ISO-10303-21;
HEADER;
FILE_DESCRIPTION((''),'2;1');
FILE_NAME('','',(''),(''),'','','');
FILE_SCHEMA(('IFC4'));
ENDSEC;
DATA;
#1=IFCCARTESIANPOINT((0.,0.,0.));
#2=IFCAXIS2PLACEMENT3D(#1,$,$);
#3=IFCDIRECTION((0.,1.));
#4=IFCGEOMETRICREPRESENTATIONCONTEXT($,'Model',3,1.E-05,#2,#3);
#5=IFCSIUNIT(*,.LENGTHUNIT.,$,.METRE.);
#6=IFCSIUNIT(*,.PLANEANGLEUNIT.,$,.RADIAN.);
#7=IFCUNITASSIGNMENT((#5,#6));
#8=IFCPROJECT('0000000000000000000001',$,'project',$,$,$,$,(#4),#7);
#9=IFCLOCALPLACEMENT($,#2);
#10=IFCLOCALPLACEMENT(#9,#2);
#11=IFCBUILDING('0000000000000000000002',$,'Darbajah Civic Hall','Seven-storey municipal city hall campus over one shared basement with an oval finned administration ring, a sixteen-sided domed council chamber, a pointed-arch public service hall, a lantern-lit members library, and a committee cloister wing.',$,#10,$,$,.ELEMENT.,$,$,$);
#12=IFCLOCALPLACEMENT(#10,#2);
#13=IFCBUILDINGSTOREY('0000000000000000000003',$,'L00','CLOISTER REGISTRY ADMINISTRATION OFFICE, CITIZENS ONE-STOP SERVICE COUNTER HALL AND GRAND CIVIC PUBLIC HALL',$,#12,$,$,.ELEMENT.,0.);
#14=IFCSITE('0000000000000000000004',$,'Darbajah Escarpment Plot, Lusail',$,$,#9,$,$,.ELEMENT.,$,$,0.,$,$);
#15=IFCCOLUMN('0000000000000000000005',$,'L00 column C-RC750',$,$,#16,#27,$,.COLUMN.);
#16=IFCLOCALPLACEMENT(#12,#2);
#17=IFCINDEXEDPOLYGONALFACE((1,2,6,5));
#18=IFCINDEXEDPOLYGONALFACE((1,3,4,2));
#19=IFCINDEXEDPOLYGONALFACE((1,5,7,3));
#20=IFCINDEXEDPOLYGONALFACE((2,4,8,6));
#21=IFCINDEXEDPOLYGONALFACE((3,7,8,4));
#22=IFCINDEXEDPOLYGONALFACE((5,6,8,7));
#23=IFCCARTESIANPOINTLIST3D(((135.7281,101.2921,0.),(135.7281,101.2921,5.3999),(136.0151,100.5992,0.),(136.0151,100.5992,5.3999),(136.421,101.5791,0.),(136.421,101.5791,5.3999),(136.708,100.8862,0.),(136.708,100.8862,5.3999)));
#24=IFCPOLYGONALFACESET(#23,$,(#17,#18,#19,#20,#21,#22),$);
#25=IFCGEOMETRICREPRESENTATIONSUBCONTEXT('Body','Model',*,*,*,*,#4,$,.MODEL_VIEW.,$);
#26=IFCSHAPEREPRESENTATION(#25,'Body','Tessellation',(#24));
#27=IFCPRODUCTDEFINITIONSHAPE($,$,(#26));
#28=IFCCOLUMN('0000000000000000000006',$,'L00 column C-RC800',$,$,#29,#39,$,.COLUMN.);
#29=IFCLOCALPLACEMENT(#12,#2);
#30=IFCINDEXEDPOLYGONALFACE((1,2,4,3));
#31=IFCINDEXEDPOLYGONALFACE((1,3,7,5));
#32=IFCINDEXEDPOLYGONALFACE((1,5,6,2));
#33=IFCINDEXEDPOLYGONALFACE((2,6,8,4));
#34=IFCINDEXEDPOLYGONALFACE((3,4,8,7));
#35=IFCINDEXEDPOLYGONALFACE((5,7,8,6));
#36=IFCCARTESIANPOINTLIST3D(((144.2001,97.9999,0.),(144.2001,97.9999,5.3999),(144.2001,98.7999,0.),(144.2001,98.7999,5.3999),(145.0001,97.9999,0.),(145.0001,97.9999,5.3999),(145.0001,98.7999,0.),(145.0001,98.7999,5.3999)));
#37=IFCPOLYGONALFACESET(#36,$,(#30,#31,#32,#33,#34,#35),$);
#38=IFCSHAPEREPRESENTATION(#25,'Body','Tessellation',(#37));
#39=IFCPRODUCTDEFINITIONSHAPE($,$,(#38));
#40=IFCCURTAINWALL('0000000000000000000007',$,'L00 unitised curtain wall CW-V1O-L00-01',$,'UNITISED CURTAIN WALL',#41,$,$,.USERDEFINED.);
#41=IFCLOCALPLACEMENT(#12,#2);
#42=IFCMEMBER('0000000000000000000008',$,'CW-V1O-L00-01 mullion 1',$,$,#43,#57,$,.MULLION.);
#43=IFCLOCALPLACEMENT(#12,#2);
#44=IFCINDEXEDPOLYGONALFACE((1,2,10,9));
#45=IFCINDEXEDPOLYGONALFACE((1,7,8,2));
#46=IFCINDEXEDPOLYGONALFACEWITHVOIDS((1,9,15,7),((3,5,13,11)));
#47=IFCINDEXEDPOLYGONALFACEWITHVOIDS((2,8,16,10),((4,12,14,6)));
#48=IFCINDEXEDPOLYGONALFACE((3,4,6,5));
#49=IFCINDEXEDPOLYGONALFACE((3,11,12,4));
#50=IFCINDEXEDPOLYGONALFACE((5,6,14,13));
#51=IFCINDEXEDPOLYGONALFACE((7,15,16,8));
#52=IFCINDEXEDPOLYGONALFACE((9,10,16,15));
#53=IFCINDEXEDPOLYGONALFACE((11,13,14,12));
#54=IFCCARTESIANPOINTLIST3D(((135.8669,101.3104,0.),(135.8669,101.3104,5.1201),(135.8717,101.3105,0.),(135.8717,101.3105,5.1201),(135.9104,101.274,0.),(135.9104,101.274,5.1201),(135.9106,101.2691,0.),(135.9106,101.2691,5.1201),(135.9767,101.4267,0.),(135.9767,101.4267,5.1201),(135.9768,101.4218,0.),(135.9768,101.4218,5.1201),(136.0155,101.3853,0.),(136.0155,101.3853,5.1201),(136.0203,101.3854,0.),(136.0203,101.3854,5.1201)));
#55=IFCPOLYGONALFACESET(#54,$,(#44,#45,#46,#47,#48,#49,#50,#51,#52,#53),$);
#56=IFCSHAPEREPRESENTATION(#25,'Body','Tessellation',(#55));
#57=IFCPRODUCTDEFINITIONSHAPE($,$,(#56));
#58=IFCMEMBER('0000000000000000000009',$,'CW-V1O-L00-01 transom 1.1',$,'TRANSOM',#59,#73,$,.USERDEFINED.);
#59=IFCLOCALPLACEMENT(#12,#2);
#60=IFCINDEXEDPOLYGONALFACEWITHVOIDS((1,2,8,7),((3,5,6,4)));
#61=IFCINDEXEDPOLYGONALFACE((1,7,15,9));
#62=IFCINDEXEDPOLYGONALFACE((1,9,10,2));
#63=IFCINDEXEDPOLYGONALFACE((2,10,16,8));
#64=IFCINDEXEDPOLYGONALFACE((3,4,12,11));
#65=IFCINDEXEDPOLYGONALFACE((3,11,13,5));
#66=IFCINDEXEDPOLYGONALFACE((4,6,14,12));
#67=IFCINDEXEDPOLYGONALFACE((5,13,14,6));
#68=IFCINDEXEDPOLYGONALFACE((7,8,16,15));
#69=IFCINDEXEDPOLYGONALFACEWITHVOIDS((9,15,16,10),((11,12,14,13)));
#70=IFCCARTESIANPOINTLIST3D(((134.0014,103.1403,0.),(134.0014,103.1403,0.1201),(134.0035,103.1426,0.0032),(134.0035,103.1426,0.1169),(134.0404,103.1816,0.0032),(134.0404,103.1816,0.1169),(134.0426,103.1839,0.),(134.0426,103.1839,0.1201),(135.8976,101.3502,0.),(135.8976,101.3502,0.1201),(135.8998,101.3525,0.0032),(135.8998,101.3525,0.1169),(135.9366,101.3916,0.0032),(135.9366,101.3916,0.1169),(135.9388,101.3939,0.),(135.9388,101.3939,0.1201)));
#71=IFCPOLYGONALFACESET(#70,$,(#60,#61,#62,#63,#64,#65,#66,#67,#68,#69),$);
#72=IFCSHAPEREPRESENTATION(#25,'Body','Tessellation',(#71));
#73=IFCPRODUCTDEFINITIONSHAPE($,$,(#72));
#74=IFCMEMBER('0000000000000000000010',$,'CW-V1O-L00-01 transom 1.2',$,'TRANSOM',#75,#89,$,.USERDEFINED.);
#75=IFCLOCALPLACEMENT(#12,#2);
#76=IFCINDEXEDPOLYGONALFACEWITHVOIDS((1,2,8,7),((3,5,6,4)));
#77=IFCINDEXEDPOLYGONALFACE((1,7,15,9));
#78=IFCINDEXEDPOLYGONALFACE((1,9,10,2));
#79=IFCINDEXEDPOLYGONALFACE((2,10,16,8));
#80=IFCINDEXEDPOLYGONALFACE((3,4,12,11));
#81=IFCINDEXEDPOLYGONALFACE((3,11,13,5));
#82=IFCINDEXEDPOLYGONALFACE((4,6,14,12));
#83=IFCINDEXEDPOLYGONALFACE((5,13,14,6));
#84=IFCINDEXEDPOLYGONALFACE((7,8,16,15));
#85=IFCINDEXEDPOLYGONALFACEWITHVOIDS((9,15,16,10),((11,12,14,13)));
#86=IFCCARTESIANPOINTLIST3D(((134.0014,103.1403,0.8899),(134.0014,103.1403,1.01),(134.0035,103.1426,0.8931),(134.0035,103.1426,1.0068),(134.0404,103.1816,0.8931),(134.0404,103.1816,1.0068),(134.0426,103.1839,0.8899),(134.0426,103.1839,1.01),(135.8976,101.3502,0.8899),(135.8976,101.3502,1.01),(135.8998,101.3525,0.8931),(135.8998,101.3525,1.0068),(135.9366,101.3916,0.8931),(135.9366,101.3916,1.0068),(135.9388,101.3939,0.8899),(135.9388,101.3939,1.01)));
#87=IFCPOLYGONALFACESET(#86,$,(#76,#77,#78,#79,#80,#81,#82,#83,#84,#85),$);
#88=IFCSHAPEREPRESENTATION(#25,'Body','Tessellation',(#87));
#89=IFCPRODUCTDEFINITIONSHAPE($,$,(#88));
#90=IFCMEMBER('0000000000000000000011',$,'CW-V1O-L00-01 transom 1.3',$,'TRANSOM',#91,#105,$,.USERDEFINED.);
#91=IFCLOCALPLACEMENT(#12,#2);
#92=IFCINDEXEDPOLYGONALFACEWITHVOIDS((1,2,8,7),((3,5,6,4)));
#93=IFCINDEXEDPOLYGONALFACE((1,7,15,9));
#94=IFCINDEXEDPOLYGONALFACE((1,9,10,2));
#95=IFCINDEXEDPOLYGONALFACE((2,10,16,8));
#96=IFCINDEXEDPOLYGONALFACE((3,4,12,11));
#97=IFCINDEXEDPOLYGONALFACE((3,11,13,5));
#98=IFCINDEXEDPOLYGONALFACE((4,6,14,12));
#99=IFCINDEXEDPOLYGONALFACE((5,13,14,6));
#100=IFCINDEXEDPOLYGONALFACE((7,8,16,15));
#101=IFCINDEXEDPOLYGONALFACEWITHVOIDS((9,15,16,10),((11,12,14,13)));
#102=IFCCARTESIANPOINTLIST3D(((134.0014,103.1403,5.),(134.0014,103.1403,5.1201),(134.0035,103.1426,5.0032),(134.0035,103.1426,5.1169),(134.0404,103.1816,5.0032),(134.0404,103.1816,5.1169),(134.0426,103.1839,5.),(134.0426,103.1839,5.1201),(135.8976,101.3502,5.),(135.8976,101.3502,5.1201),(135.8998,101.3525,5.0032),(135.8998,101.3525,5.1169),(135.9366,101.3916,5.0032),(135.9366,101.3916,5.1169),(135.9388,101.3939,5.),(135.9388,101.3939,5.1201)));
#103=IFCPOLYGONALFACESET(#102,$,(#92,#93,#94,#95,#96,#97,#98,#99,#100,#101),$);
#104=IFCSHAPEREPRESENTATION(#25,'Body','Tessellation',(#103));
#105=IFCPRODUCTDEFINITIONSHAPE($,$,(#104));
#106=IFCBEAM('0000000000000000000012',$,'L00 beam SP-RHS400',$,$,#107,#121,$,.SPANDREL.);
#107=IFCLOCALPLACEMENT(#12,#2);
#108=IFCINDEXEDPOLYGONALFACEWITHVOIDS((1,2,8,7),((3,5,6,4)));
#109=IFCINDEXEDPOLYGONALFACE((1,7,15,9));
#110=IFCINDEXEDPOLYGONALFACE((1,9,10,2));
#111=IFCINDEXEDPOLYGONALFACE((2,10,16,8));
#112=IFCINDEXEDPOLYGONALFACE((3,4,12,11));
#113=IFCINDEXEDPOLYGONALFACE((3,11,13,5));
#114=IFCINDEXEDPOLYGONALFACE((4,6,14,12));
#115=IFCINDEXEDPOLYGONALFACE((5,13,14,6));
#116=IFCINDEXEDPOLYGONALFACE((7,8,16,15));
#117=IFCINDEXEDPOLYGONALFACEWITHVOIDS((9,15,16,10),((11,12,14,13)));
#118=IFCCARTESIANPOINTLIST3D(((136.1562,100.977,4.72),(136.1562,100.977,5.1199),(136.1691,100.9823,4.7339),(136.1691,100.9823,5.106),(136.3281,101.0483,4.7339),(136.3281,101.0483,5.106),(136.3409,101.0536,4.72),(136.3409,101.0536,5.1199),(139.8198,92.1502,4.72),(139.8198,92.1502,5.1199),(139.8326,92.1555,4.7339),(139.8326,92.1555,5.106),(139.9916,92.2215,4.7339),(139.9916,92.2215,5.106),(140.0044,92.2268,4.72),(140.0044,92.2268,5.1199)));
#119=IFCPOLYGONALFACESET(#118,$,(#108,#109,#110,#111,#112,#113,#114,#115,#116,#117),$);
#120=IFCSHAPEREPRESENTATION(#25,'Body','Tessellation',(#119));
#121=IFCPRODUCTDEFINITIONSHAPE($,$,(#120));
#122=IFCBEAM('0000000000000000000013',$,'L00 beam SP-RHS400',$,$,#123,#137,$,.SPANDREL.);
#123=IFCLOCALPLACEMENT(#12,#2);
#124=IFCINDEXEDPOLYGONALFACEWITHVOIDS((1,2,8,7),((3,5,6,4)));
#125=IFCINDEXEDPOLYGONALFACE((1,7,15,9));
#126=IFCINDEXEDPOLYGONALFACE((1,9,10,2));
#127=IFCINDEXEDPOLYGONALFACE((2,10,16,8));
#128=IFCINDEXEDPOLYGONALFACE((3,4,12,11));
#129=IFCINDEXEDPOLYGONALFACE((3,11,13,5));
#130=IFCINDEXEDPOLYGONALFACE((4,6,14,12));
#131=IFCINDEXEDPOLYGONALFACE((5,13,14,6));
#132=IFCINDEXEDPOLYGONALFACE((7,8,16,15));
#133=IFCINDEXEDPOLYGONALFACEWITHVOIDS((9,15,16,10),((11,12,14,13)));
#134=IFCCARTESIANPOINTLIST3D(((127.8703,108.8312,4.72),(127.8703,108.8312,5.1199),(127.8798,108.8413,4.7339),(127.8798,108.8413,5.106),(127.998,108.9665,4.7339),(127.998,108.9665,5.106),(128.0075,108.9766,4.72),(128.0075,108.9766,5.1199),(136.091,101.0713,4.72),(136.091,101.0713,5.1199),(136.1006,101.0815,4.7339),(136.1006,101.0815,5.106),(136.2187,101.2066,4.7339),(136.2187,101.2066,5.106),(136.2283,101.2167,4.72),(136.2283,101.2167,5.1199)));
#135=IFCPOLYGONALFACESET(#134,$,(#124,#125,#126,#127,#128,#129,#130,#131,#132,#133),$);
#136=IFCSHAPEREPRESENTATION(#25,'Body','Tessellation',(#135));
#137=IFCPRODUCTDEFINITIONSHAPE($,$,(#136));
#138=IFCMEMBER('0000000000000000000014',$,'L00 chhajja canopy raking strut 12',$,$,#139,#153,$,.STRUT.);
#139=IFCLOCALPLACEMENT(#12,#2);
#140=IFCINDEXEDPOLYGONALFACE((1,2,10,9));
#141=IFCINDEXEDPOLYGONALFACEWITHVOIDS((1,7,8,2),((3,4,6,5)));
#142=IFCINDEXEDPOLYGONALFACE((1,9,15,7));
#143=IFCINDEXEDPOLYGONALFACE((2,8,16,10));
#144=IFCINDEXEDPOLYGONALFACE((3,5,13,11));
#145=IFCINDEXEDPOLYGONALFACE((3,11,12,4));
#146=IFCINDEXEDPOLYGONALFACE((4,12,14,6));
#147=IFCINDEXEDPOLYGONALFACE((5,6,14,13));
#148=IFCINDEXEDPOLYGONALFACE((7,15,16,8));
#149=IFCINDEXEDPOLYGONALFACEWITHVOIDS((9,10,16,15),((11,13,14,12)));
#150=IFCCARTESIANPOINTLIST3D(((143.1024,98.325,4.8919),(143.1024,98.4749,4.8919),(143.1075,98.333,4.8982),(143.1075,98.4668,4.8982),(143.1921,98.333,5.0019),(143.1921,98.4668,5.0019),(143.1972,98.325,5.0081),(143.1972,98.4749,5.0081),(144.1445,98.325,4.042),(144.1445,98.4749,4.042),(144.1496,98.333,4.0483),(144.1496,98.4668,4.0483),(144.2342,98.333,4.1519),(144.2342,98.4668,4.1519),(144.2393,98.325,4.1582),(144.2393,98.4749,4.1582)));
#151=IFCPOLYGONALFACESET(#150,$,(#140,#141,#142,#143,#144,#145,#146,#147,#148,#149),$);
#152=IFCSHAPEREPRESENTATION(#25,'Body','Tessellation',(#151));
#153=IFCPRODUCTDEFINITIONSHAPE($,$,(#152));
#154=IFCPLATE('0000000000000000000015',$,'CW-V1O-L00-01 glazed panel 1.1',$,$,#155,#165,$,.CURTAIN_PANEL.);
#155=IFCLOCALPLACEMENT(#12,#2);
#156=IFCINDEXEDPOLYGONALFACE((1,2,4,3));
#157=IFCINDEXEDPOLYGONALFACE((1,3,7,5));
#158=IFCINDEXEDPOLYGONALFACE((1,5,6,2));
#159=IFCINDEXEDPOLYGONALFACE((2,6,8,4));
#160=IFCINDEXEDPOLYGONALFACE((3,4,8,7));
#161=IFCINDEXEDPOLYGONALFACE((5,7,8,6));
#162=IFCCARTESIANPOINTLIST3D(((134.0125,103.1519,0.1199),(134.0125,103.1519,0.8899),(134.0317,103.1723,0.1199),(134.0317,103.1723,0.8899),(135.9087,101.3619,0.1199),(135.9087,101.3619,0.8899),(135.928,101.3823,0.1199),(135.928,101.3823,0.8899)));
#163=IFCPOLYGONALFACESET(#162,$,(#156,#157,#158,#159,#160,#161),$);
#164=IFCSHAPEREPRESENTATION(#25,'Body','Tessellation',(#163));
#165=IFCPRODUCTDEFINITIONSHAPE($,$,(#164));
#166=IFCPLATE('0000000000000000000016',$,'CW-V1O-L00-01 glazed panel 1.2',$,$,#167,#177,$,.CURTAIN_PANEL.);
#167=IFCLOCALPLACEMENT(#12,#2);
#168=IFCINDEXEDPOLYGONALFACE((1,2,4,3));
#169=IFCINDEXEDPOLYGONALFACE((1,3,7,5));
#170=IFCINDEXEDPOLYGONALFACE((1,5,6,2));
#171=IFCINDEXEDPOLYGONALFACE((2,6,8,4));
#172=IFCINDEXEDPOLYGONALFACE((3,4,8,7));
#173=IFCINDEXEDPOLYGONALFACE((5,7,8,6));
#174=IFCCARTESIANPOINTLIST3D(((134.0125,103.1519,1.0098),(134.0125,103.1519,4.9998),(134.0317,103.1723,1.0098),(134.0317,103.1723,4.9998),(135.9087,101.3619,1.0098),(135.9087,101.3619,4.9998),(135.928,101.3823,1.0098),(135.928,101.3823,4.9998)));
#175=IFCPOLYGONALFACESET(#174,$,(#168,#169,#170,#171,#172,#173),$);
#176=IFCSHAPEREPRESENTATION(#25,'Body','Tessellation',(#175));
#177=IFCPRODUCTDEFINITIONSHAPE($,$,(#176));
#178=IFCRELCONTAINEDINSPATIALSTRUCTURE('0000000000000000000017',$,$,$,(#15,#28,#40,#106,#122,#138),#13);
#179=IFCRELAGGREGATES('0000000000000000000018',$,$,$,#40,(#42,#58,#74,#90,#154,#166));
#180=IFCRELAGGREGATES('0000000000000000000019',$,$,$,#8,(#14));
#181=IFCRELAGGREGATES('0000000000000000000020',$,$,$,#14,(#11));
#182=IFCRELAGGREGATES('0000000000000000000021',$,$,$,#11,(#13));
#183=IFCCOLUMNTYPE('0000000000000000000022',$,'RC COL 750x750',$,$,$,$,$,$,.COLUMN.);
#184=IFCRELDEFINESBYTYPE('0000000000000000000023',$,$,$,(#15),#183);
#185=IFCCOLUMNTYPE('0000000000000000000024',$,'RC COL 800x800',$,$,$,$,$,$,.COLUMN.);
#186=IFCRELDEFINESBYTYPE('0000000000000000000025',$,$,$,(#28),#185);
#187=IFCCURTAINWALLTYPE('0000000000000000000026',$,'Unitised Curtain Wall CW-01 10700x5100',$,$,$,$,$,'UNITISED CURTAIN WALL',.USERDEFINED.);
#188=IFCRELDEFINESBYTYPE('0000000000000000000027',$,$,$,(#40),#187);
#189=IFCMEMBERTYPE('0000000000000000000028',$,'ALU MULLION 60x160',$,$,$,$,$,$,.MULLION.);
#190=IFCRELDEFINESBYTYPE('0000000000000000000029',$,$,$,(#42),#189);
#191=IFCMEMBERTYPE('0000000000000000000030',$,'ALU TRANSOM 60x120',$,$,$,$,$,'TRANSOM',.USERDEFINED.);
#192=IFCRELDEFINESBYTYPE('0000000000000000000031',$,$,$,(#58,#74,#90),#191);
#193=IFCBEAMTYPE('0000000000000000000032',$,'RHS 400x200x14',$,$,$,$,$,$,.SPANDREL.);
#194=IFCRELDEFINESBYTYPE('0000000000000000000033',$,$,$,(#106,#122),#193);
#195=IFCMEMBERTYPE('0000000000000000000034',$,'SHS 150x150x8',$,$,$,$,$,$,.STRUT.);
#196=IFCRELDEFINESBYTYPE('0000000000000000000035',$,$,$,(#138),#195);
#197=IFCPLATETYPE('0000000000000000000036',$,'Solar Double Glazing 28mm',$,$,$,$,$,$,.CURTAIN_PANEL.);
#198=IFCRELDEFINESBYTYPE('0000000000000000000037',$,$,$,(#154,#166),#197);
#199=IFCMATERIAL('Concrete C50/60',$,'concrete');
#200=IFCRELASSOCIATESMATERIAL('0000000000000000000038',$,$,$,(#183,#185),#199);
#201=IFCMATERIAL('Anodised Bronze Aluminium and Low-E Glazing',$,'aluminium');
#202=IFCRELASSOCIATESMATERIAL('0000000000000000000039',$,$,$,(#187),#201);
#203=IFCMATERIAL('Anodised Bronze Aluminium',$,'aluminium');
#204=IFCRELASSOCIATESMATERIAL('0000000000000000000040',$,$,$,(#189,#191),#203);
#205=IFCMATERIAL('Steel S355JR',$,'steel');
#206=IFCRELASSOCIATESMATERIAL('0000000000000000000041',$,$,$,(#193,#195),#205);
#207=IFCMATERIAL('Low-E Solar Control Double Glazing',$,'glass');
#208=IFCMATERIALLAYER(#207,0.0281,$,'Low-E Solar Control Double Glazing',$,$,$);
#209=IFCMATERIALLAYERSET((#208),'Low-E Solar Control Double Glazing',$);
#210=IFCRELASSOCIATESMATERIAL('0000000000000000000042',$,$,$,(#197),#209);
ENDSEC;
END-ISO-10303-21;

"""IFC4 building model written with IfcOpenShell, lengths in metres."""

from ifc_helpers import new_model, si_unit, direction, frame, origin, origin_2d, place, context, subcontext, project, spatial, rectangle, hollow_rectangle, extrude, material, layer, layer_set, material_profile, profile_set, type_object, element, aggregate, save


model = new_model("IFC4")

# Units and contexts
model_context = context("Model", 3, precision=1e-05, world=origin(), true_north=direction((0.0, 1.0)))
body_context = subcontext(model_context, "Body", "Model", "MODEL_VIEW")
ifc_project = project(units=[si_unit("LENGTHUNIT", "METRE"), si_unit("PLANEANGLEUNIT", "RADIAN")], contexts=[model_context])

# Site, building, storey
site_placement = place(None, origin())
site = spatial("IfcSite", under=ifc_project, at=site_placement, Name="Darbajah Escarpment Plot, Lusail", CompositionType="ELEMENT", RefElevation=0.0)
building_placement = place(site_placement, origin())
building = spatial("IfcBuilding", under=site, at=building_placement, Name="Darbajah Civic Hall", Description="Seven-storey municipal city hall campus over one shared basement with an oval finned administration ring, a sixteen-sided domed council chamber, a pointed-arch public service hall, a lantern-lit members library, and a committee cloister wing.", CompositionType="ELEMENT")
storey_placement = place(building_placement, origin())
storey = spatial("IfcBuildingStorey", under=building, at=storey_placement, Name="L00", Description="CLOISTER REGISTRY ADMINISTRATION OFFICE, CITIZENS ONE-STOP SERVICE COUNTER HALL AND GRAND CIVIC PUBLIC HALL", CompositionType="ELEMENT", Elevation=0.0)

# Columns
ifc_material_1 = material(Name="Concrete C50/60", Category="concrete")
ifc_material_profile_1 = material_profile(ifc_material_1, rectangle(XDim=0.75, YDim=0.75, at=origin_2d()), Name="RC COL 750x750")
ifc_profile_set_1 = profile_set([ifc_material_profile_1], Name="Concrete C50/60")
column_type_1 = type_object("IfcColumnType", Name="RC COL 750x750", PredefinedType="COLUMN", material=ifc_profile_set_1)
column_1_placement = place(storey_placement, frame((136.218, 101.0891, 0.0), z_axis=(0.0, 0.0, 1.0), x_axis=(0.92388, 0.382683, 0.0)))
element("IfcColumn", 1, at=column_1_placement, inside=storey, type_object=column_type_1, Name="L00 column C-RC750", PredefinedType="COLUMN", context=body_context, shape_type="SweptSolid", body=[
    extrude(rectangle(XDim=0.75, YDim=0.75, at=origin_2d()), origin(), (0.0, 0.0, 1.0), 5.3999),
])
ifc_material_profile_2 = material_profile(ifc_material_1, rectangle(XDim=0.8, YDim=0.8, at=origin_2d()), Name="RC COL 800x800")
ifc_profile_set_2 = profile_set([ifc_material_profile_2], Name="Concrete C50/60")
column_type_2 = type_object("IfcColumnType", Name="RC COL 800x800", PredefinedType="COLUMN", material=ifc_profile_set_2)
column_2_placement = place(storey_placement, frame((144.6001, 98.3999, 0.0), z_axis=(0.0, 0.0, 1.0), x_axis=(1.0, 0.0, 0.0)))
element("IfcColumn", 2, at=column_2_placement, inside=storey, type_object=column_type_2, Name="L00 column C-RC800", PredefinedType="COLUMN", context=body_context, shape_type="SweptSolid", body=[
    extrude(rectangle(XDim=0.8, YDim=0.8, at=origin_2d()), origin(), (0.0, 0.0, 1.0), 5.3999),
])

# Curtain wall, members
ifc_material_2 = material(Name="Anodised Bronze Aluminium and Low-E Glazing", Category="aluminium")
curtain_wall_type = type_object("IfcCurtainWallType", Name="Unitised Curtain Wall CW-01 10700x5100", ElementType="UNITISED CURTAIN WALL", PredefinedType="USERDEFINED", material=ifc_material_2)
curtain_wall_placement = place(storey_placement, origin())
curtain_wall = element("IfcCurtainWall", 3, at=curtain_wall_placement, inside=storey, type_object=curtain_wall_type, Name="L00 unitised curtain wall CW-V1O-L00-01", ObjectType="UNITISED CURTAIN WALL", PredefinedType="USERDEFINED")
ifc_material_3 = material(Name="Anodised Bronze Aluminium", Category="aluminium")
ifc_material_profile_3 = material_profile(ifc_material_3, hollow_rectangle(XDim=0.0601, YDim=0.1599, WallThickness=0.0034, at=origin_2d()), Name="ALU MULLION 60x160")
ifc_profile_set_3 = profile_set([ifc_material_profile_3], Name="Anodised Bronze Aluminium")
member_type_1 = type_object("IfcMemberType", Name="ALU MULLION 60x160", PredefinedType="MULLION", material=ifc_profile_set_3)
member_1_placement = place(storey_placement, frame((135.9436, 101.3479, 0.0), z_axis=(0.0, 0.0, 1.0), x_axis=(-0.727174, 0.686453, 0.0)))
member_1 = element("IfcMember", 4, at=member_1_placement, type_object=member_type_1, Name="CW-V1O-L00-01 mullion 1", PredefinedType="MULLION", context=body_context, shape_type="SweptSolid", body=[
    extrude(hollow_rectangle(XDim=0.0601, YDim=0.1599, WallThickness=0.0034, at=origin_2d()), origin(), (0.0, 0.0, 1.0), 5.1201),
])
ifc_material_profile_4 = material_profile(ifc_material_3, hollow_rectangle(XDim=0.0601, YDim=0.1201, WallThickness=0.0032, at=origin_2d()), Name="ALU TRANSOM 60x120")
ifc_profile_set_4 = profile_set([ifc_material_profile_4], Name="Anodised Bronze Aluminium")
member_type_2 = type_object("IfcMemberType", Name="ALU TRANSOM 60x120", ElementType="TRANSOM", PredefinedType="USERDEFINED", material=ifc_profile_set_4)
member_2_placement = place(storey_placement, frame((135.9182, 101.3721, 0.0601), z_axis=(-0.727177, 0.68645, 0.0), x_axis=(-0.68645, -0.727177, 0.0)))
member_2 = element("IfcMember", 5, at=member_2_placement, type_object=member_type_2, Name="CW-V1O-L00-01 transom 1.1", ObjectType="TRANSOM", PredefinedType="USERDEFINED", context=body_context, shape_type="SweptSolid", body=[
    extrude(hollow_rectangle(XDim=0.0601, YDim=0.1201, WallThickness=0.0032, at=origin_2d()), origin(), (0.0, 0.0, 1.0), 2.6077),
])
member_3_placement = place(storey_placement, frame((135.9182, 101.3721, 0.95), z_axis=(-0.727177, 0.68645, 0.0), x_axis=(-0.68645, -0.727177, 0.0)))
member_3 = element("IfcMember", 6, at=member_3_placement, type_object=member_type_2, Name="CW-V1O-L00-01 transom 1.2", ObjectType="TRANSOM", PredefinedType="USERDEFINED", context=body_context, shape_type="SweptSolid", body=[
    extrude(hollow_rectangle(XDim=0.0601, YDim=0.1201, WallThickness=0.0032, at=origin_2d()), origin(), (0.0, 0.0, 1.0), 2.6077),
])
member_4_placement = place(storey_placement, frame((135.9182, 101.3721, 5.0601), z_axis=(-0.727177, 0.68645, 0.0), x_axis=(-0.68645, -0.727177, 0.0)))
member_4 = element("IfcMember", 7, at=member_4_placement, type_object=member_type_2, Name="CW-V1O-L00-01 transom 1.3", ObjectType="TRANSOM", PredefinedType="USERDEFINED", context=body_context, shape_type="SweptSolid", body=[
    extrude(hollow_rectangle(XDim=0.0601, YDim=0.1201, WallThickness=0.0032, at=origin_2d()), origin(), (0.0, 0.0, 1.0), 2.6077),
])

# Beams
ifc_material_4 = material(Name="Steel S355JR", Category="steel")
ifc_material_profile_5 = material_profile(ifc_material_4, hollow_rectangle(XDim=0.2, YDim=0.3999, WallThickness=0.0139, at=origin_2d()), Name="RHS 400x200x14")
ifc_profile_set_5 = profile_set([ifc_material_profile_5], Name="Steel S355JR")
beam_type = type_object("IfcBeamType", Name="RHS 400x200x14", PredefinedType="SPANDREL", material=ifc_profile_set_5)
beam_1_placement = place(storey_placement, frame((139.9121, 92.1885, 4.9199), z_axis=(-0.38334, 0.923607, 0.0), x_axis=(-0.923607, -0.38334, 0.0)))
element("IfcBeam", 8, at=beam_1_placement, inside=storey, type_object=beam_type, Name="L00 beam SP-RHS400", PredefinedType="SPANDREL", context=body_context, shape_type="SweptSolid", body=[
    extrude(hollow_rectangle(XDim=0.2, YDim=0.3999, WallThickness=0.0139, at=origin_2d()), origin(), (0.0, 0.0, 1.0), 9.5569),
])
beam_2_placement = place(storey_placement, frame((136.1597, 101.144, 4.9199), z_axis=(-0.7272, 0.686426, 0.0), x_axis=(-0.686426, -0.7272, 0.0)))
element("IfcBeam", 9, at=beam_2_placement, inside=storey, type_object=beam_type, Name="L00 beam SP-RHS400", PredefinedType="SPANDREL", context=body_context, shape_type="SweptSolid", body=[
    extrude(hollow_rectangle(XDim=0.2, YDim=0.3999, WallThickness=0.0139, at=origin_2d()), origin(), (0.0, 0.0, 1.0), 11.3047),
])

# Member
ifc_material_profile_6 = material_profile(ifc_material_4, hollow_rectangle(XDim=0.1499, YDim=0.1499, WallThickness=0.0081, at=origin_2d()), Name="SHS 150x150x8")
ifc_profile_set_6 = profile_set([ifc_material_profile_6], Name="Steel S355JR")
member_type_3 = type_object("IfcMemberType", Name="SHS 150x150x8", PredefinedType="STRUT", material=ifc_profile_set_6)
member_5_placement = place(storey_placement, frame((144.1919, 98.3999, 4.1001), z_axis=(-0.774935, 0.0, 0.632041), x_axis=(0.0, -1.0, 0.0)))
element("IfcMember", 10, at=member_5_placement, inside=storey, type_object=member_type_3, Name="L00 chhajja canopy raking strut 12", PredefinedType="STRUT", context=body_context, shape_type="SweptSolid", body=[
    extrude(hollow_rectangle(XDim=0.1499, YDim=0.1499, WallThickness=0.0081, at=origin_2d()), origin(), (0.0, 0.0, 1.0), 1.3447),
])

# Plates
ifc_material_5 = material(Name="Low-E Solar Control Double Glazing", Category="glass")
ifc_layer_1 = layer(ifc_material_5, 0.0281, Name="Low-E Solar Control Double Glazing")
ifc_layer_set_1 = layer_set([ifc_layer_1], Name="Low-E Solar Control Double Glazing")
plate_type_1 = type_object("IfcPlateType", Name="Solar Double Glazing 28mm", PredefinedType="CURTAIN_PANEL", material=ifc_layer_set_1)
plate_1_placement = place(storey_placement, frame((134.9702, 102.2671, 0.1199), z_axis=(0.0, 0.0, 1.0), x_axis=(-0.727174, 0.686453, 0.0)))
plate_1 = element("IfcPlate", 11, at=plate_1_placement, type_object=plate_type_1, Name="CW-V1O-L00-01 glazed panel 1.1", PredefinedType="CURTAIN_PANEL", context=body_context, shape_type="SweptSolid", body=[
    extrude(rectangle(XDim=2.6077, YDim=0.0281, at=origin_2d()), origin(), (0.0, 0.0, 1.0), 0.77),
])
plate_2_placement = place(storey_placement, frame((134.9702, 102.2671, 1.0098), z_axis=(0.0, 0.0, 1.0), x_axis=(-0.727174, 0.686453, 0.0)))
plate_2 = element("IfcPlate", 12, at=plate_2_placement, type_object=plate_type_1, Name="CW-V1O-L00-01 glazed panel 1.2", PredefinedType="CURTAIN_PANEL", context=body_context, shape_type="SweptSolid", body=[
    extrude(rectangle(XDim=2.6077, YDim=0.0281, at=origin_2d()), origin(), (0.0, 0.0, 1.0), 3.99),
])
aggregate(curtain_wall, [member_1, member_2, member_3, member_4, plate_1, plate_2])

save(model, "model.ifc")
